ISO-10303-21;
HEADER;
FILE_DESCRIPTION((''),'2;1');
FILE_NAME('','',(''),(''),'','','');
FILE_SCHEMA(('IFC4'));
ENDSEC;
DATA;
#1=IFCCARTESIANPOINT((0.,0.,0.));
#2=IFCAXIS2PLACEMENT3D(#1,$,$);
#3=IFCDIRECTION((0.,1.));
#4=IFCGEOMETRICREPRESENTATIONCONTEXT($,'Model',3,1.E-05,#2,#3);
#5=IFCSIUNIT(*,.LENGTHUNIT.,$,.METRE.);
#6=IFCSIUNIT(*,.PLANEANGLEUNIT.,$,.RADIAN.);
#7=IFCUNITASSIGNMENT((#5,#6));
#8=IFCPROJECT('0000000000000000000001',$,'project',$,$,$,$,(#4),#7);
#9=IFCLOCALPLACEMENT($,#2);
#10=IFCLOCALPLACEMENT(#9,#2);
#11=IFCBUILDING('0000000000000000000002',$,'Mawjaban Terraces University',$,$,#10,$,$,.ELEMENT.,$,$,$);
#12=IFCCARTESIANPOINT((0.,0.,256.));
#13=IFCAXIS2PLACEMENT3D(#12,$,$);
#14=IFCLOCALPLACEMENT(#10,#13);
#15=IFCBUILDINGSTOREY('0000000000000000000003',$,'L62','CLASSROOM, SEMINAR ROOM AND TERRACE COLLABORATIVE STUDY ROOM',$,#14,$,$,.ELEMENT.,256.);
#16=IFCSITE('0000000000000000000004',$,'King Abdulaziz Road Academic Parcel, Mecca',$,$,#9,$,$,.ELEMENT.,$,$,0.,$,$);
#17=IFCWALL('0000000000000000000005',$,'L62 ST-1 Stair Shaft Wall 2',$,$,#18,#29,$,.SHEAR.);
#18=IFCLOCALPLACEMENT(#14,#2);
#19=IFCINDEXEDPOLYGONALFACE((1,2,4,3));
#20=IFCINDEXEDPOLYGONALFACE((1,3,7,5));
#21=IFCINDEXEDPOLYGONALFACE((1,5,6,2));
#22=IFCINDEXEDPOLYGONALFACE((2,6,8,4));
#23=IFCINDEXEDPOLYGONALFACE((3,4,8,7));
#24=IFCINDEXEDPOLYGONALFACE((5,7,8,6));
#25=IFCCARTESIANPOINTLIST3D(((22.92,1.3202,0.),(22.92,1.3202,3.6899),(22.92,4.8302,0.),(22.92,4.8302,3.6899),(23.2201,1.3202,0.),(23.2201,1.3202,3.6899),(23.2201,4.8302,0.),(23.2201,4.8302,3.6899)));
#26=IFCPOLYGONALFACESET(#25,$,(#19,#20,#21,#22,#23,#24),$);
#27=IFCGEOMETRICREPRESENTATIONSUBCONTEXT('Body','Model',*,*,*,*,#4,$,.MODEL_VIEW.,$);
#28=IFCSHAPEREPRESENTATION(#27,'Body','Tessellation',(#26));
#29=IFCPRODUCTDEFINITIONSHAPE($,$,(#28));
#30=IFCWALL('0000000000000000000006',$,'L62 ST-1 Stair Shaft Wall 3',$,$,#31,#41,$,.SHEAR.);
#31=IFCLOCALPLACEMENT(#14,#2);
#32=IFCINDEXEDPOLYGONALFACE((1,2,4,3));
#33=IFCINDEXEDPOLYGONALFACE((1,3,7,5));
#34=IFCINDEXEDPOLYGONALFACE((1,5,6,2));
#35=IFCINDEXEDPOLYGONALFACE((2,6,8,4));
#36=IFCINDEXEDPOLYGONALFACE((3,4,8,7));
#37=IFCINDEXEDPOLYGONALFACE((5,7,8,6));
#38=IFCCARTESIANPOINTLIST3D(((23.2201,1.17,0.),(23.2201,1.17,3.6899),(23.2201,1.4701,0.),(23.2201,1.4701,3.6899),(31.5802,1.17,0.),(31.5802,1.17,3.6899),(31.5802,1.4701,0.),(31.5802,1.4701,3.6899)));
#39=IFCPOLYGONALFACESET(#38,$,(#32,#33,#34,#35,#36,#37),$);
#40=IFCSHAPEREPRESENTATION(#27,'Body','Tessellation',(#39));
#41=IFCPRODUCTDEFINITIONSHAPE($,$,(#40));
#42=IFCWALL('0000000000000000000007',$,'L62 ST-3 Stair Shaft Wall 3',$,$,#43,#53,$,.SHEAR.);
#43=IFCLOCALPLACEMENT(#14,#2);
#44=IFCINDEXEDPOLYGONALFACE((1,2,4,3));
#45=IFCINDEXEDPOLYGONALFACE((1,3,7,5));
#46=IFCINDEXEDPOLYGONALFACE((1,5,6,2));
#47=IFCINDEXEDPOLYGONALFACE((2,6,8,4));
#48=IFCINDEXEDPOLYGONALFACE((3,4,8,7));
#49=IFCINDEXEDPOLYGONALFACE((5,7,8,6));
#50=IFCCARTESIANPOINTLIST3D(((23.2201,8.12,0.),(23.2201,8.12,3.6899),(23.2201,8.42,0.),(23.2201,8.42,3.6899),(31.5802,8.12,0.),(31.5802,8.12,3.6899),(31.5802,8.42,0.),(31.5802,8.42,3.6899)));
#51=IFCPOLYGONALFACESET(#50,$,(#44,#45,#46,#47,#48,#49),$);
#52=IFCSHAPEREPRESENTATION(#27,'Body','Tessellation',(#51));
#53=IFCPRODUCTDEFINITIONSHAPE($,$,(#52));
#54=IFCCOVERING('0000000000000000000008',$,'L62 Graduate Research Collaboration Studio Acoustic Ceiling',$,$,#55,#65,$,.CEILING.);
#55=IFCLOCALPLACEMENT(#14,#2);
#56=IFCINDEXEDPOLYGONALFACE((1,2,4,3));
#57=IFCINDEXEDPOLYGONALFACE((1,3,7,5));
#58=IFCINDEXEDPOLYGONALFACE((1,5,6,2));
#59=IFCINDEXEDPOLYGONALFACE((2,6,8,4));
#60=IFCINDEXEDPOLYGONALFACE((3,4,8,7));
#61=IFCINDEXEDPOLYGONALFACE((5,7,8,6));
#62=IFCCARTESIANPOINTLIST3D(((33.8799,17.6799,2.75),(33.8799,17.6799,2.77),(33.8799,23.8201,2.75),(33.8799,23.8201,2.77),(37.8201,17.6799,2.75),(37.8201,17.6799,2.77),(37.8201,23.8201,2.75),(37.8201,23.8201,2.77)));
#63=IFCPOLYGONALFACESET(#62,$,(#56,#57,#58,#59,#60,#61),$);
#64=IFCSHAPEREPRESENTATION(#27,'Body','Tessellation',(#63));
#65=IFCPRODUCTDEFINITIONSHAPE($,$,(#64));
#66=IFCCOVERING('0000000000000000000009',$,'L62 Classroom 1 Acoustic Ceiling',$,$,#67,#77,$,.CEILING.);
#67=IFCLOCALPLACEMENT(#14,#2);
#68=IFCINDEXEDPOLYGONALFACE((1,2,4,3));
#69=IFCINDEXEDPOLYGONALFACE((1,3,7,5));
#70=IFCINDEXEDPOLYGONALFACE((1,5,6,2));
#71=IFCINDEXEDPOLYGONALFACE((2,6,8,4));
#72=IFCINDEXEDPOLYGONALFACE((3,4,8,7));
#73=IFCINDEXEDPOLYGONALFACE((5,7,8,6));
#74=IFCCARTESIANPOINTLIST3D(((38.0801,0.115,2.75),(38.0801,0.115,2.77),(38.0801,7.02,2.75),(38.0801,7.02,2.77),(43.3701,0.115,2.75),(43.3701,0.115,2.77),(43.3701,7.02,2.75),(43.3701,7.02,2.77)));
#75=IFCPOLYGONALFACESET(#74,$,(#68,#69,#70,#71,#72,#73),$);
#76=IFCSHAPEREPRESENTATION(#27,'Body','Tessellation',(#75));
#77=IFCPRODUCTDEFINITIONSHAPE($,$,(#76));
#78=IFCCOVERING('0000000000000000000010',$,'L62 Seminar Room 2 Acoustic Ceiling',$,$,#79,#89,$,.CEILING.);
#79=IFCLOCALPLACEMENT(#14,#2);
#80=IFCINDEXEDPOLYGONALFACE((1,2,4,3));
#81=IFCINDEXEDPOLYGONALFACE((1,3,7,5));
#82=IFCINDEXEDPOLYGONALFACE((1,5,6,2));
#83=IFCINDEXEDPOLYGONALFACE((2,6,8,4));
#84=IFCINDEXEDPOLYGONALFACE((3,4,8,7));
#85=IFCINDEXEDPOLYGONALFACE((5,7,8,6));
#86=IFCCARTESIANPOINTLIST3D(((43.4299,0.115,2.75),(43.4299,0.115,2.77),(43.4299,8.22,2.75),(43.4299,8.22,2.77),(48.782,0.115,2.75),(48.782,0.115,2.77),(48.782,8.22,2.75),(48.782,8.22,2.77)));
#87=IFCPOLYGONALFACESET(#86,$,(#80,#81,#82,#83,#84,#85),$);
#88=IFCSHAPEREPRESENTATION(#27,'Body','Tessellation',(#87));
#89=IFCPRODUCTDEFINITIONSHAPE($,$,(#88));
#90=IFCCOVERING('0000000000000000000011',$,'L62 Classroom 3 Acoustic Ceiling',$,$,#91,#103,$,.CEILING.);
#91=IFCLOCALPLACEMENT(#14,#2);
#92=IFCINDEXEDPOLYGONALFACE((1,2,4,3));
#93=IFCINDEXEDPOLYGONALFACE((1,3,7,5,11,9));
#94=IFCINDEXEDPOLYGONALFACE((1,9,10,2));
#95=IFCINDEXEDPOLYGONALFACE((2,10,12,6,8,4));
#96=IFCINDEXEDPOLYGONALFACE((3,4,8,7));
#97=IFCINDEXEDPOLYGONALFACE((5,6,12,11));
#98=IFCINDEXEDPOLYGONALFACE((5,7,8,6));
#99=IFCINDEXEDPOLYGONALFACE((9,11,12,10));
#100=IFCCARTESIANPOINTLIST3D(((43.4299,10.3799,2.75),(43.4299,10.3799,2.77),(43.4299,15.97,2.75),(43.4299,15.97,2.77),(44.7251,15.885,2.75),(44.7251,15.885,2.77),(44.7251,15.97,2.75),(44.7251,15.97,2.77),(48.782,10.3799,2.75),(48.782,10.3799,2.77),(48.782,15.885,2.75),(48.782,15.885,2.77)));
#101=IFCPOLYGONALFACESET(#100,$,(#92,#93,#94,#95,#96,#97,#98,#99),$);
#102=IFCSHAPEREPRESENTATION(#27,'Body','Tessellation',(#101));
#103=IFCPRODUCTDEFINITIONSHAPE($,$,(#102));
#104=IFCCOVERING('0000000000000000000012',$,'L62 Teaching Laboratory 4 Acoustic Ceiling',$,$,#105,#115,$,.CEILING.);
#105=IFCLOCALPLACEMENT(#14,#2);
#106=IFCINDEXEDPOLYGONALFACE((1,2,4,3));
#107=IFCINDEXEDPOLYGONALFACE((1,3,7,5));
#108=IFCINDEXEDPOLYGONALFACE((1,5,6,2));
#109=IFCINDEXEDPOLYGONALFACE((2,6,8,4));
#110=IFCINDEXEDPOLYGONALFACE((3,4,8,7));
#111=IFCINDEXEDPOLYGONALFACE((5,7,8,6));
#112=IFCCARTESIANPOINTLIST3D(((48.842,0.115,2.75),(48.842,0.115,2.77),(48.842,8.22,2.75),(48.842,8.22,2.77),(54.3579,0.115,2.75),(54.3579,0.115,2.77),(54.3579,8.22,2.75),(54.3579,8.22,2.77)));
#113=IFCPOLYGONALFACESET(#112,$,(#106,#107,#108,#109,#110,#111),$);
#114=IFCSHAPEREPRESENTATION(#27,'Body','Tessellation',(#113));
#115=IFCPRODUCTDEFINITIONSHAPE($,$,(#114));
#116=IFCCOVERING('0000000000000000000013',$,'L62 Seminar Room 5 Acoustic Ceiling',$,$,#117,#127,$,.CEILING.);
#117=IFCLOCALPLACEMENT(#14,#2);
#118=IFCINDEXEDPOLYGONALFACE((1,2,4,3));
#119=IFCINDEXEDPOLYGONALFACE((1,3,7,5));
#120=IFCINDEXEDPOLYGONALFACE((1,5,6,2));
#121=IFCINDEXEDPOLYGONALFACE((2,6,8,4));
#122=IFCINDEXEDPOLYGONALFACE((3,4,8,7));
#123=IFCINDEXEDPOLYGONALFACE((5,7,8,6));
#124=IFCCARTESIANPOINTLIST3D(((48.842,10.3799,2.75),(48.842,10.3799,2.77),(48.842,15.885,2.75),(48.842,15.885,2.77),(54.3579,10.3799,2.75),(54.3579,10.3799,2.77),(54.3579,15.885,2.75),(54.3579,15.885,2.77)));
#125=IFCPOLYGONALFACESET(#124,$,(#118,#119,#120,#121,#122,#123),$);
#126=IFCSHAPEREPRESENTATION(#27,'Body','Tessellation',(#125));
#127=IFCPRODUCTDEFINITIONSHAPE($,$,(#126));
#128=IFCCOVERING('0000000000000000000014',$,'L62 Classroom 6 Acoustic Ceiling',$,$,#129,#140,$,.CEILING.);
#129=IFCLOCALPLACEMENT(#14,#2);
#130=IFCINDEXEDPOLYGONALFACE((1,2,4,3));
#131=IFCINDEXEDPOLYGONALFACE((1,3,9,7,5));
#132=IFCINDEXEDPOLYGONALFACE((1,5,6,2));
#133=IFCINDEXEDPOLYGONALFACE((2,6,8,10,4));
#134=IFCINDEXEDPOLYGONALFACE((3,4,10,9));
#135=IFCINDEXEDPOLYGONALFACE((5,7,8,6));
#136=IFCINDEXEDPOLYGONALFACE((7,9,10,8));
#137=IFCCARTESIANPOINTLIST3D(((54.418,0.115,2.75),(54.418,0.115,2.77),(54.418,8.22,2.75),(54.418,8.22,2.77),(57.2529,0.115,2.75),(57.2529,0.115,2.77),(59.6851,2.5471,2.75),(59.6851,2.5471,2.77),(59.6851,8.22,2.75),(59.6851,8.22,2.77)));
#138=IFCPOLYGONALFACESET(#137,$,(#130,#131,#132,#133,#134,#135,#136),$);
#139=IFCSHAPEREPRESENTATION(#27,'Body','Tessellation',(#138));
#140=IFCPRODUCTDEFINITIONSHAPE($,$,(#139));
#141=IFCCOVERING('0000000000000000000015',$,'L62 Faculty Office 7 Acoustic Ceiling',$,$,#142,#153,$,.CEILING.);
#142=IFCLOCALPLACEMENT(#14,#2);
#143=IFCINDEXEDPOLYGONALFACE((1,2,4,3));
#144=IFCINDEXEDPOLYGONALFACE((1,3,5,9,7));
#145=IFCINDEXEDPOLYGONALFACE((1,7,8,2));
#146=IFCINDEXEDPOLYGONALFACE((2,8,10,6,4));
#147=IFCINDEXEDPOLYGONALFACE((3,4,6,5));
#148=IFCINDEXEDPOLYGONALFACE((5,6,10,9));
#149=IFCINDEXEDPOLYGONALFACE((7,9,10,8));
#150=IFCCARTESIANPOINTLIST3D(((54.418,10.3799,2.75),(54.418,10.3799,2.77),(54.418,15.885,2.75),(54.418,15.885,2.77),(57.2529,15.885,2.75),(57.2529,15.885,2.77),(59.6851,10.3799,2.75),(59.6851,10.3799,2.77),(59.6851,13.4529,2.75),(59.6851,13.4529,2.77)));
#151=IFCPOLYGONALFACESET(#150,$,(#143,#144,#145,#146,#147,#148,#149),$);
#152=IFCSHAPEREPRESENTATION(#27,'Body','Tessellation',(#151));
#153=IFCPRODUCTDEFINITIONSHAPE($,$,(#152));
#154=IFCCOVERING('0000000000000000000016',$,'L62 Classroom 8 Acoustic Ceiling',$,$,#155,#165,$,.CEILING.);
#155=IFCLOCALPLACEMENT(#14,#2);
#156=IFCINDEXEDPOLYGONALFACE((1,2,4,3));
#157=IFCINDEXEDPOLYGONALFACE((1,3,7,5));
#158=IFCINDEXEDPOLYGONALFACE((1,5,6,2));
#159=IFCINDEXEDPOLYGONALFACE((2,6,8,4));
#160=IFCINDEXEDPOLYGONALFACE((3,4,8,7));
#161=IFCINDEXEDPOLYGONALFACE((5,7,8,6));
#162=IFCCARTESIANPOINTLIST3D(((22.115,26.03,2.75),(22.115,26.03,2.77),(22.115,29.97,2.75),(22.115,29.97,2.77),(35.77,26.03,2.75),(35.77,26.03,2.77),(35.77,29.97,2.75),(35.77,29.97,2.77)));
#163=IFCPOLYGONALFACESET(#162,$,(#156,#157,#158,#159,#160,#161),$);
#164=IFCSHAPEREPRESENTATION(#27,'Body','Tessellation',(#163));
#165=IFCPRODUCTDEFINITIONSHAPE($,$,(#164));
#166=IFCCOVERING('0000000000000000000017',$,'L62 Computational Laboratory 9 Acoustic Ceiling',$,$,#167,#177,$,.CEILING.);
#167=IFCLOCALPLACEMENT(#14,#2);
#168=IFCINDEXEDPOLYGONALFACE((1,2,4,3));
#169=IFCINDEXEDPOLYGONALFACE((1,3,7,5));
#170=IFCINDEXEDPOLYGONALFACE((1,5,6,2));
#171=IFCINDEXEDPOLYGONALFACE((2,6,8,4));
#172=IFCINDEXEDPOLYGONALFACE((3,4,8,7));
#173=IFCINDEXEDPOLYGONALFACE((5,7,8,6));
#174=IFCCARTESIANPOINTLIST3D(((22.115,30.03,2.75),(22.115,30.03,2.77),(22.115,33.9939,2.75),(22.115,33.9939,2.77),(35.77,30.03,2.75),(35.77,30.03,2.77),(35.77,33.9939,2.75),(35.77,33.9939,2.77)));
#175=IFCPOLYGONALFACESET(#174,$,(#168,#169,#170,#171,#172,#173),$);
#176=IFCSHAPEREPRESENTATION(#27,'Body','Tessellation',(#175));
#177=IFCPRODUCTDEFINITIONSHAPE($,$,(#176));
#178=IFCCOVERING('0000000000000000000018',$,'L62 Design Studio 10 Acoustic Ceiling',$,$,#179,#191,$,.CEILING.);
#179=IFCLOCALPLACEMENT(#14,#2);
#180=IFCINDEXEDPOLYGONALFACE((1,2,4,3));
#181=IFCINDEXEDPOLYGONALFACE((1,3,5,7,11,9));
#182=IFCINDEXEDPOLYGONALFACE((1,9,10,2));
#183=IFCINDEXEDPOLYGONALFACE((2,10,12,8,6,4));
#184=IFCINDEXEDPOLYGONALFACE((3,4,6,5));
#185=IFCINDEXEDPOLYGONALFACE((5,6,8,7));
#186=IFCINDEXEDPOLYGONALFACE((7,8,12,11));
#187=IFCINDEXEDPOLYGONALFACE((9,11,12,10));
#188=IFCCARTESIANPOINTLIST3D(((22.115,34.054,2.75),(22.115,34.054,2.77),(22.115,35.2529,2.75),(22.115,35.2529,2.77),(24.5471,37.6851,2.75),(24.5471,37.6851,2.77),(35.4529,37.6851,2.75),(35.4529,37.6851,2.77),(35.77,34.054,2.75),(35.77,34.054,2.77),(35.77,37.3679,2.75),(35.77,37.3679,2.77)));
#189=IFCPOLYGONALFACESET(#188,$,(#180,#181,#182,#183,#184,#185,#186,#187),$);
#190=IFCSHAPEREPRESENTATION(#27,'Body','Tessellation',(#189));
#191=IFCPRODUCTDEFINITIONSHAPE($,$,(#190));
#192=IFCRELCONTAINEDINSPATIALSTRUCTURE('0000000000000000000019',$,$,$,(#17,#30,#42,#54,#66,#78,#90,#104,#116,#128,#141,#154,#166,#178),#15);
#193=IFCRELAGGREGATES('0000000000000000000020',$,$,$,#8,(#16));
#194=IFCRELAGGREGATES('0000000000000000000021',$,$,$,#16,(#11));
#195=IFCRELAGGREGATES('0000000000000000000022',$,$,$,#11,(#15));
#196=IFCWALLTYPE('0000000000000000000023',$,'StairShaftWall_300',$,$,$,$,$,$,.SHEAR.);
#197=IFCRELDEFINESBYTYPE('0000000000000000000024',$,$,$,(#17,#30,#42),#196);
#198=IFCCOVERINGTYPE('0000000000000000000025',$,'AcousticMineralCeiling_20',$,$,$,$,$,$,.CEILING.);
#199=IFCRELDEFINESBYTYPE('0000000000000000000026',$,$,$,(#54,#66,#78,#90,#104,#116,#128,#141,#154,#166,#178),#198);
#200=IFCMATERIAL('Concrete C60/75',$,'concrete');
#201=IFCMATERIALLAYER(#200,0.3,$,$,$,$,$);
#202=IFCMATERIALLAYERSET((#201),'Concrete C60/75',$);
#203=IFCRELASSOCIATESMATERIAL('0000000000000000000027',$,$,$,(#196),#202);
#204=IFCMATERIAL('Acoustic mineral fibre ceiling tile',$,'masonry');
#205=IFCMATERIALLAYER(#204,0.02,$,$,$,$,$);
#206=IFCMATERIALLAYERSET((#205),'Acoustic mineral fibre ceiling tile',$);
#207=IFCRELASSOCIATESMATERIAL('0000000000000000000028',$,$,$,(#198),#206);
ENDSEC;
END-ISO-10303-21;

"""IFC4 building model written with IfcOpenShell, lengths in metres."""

from ifc_helpers import new_model, si_unit, direction, frame, frame_2d, origin, place, context, subcontext, project, spatial, polyline, rectangle, outline, extrude, material, layer, layer_set, type_object, element, save


model = new_model("IFC4")

# Units and contexts
model_context = context("Model", 3, precision=1e-05, world=origin(), true_north=direction((0.0, 1.0)))
body_context = subcontext(model_context, "Body", "Model", "MODEL_VIEW")
ifc_project = project(units=[si_unit("LENGTHUNIT", "METRE"), si_unit("PLANEANGLEUNIT", "RADIAN")], contexts=[model_context])

# Site, building, storey
site_placement = place(None, origin())
site = spatial("IfcSite", under=ifc_project, at=site_placement, Name="King Abdulaziz Road Academic Parcel, Mecca", CompositionType="ELEMENT", RefElevation=0.0)
building_placement = place(site_placement, origin())
building = spatial("IfcBuilding", under=site, at=building_placement, Name="Mawjaban Terraces University", CompositionType="ELEMENT")
storey_placement = place(building_placement, frame((0.0, 0.0, 256.0)))
storey = spatial("IfcBuildingStorey", under=building, at=storey_placement, Name="L62", Description="CLASSROOM, SEMINAR ROOM AND TERRACE COLLABORATIVE STUDY ROOM", CompositionType="ELEMENT", Elevation=256.0)

# Walls
ifc_material_1 = material(Name="Concrete C60/75", Category="concrete")
ifc_layer_1 = layer(ifc_material_1, 0.3)
ifc_layer_set_1 = layer_set([ifc_layer_1], Name="Concrete C60/75")
wall_type_1 = type_object("IfcWallType", Name="StairShaftWall_300", PredefinedType="SHEAR", material=ifc_layer_set_1)
wall_1_placement = place(storey_placement, frame((23.0701, 4.8301, 0.0), z_axis=(0.0, 0.0, 1.0), x_axis=(0.0, -1.0, 0.0)))
element("IfcWall", 1, at=wall_1_placement, inside=storey, type_object=wall_type_1, Name="L62 ST-1 Stair Shaft Wall 2", PredefinedType="SHEAR", context=body_context, shape_type="SweptSolid", body=[
    extrude(rectangle(XDim=3.51, YDim=0.3, at=frame_2d((1.7549, 0.0))), origin(), (0.0, 0.0, 1.0), 3.6899),
])
for number, where, z_axis, x_axis, name in (
    (2, (23.22, 1.3201, 0.0), (0.0, 0.0, 1.0), (1.0, 0.0, 0.0), "L62 ST-1 Stair Shaft Wall 3"),
    (3, (23.22, 8.27, 0.0), (0.0, 0.0, 1.0), (1.0, 0.0, 0.0), "L62 ST-3 Stair Shaft Wall 3"),
):
    element("IfcWall", number, at=place(storey_placement, frame(where, z_axis=z_axis, x_axis=x_axis)), inside=storey, type_object=wall_type_1, Name=name, PredefinedType="SHEAR", context=body_context, shape_type="SweptSolid", body=[
        extrude(rectangle(XDim=8.3601, YDim=0.3, at=frame_2d((4.1802, 0.0))), origin(), (0.0, 0.0, 1.0), 3.6899),
    ])

# Coverings
ifc_material_2 = material(Name="Acoustic mineral fibre ceiling tile", Category="masonry")
ifc_layer_2 = layer(ifc_material_2, 0.02)
ifc_layer_set_2 = layer_set([ifc_layer_2], Name="Acoustic mineral fibre ceiling tile")
covering_type_1 = type_object("IfcCoveringType", Name="AcousticMineralCeiling_20", PredefinedType="CEILING", material=ifc_layer_set_2)
covering_1_placement = place(storey_placement, frame((0.0, 0.0, 2.75)))
element("IfcCovering", 4, at=covering_1_placement, inside=storey, type_object=covering_type_1, Name="L62 Graduate Research Collaboration Studio Acoustic Ceiling", PredefinedType="CEILING", context=body_context, shape_type="SweptSolid", body=[
    extrude(outline(polyline([(37.8201, 17.6799), (37.8201, 23.8201), (33.8799, 23.8201), (33.8799, 17.6799), (37.8201, 17.6799)])), origin(), (0.0, 0.0, 1.0), 0.02),
])
covering_2_placement = place(storey_placement, frame((0.0, 0.0, 2.75)))
element("IfcCovering", 5, at=covering_2_placement, inside=storey, type_object=covering_type_1, Name="L62 Classroom 1 Acoustic Ceiling", PredefinedType="CEILING", context=body_context, shape_type="SweptSolid", body=[
    extrude(outline(polyline([(38.0801, 7.02), (38.0801, 0.115), (43.3701, 0.115), (43.3701, 7.02), (38.0801, 7.02)])), origin(), (0.0, 0.0, 1.0), 0.02),
])
covering_3_placement = place(storey_placement, frame((0.0, 0.0, 2.75)))
element("IfcCovering", 6, at=covering_3_placement, inside=storey, type_object=covering_type_1, Name="L62 Seminar Room 2 Acoustic Ceiling", PredefinedType="CEILING", context=body_context, shape_type="SweptSolid", body=[
    extrude(outline(polyline([(43.4299, 0.115), (48.782, 0.115), (48.782, 8.22), (43.4299, 8.22), (43.4299, 0.115)])), origin(), (0.0, 0.0, 1.0), 0.02),
])
covering_4_placement = place(storey_placement, frame((0.0, 0.0, 2.75)))
element("IfcCovering", 7, at=covering_4_placement, inside=storey, type_object=covering_type_1, Name="L62 Classroom 3 Acoustic Ceiling", PredefinedType="CEILING", context=body_context, shape_type="SweptSolid", body=[
    extrude(outline(polyline([(48.782, 15.885), (44.7251, 15.885), (44.7251, 15.97), (43.4299, 15.97), (43.4299, 10.3799), (48.782, 10.3799), (48.782, 15.885)])), origin(), (0.0, 0.0, 1.0), 0.02),
])
covering_5_placement = place(storey_placement, frame((0.0, 0.0, 2.75)))
element("IfcCovering", 8, at=covering_5_placement, inside=storey, type_object=covering_type_1, Name="L62 Teaching Laboratory 4 Acoustic Ceiling", PredefinedType="CEILING", context=body_context, shape_type="SweptSolid", body=[
    extrude(outline(polyline([(48.842, 0.115), (54.3579, 0.115), (54.3579, 8.22), (48.842, 8.22), (48.842, 0.115)])), origin(), (0.0, 0.0, 1.0), 0.02),
])
covering_6_placement = place(storey_placement, frame((0.0, 0.0, 2.75)))
element("IfcCovering", 9, at=covering_6_placement, inside=storey, type_object=covering_type_1, Name="L62 Seminar Room 5 Acoustic Ceiling", PredefinedType="CEILING", context=body_context, shape_type="SweptSolid", body=[
    extrude(outline(polyline([(54.3579, 15.885), (48.842, 15.885), (48.842, 10.3799), (54.3579, 10.3799), (54.3579, 15.885)])), origin(), (0.0, 0.0, 1.0), 0.02),
])
covering_7_placement = place(storey_placement, frame((0.0, 0.0, 2.75)))
element("IfcCovering", 10, at=covering_7_placement, inside=storey, type_object=covering_type_1, Name="L62 Classroom 6 Acoustic Ceiling", PredefinedType="CEILING", context=body_context, shape_type="SweptSolid", body=[
    extrude(outline(polyline([(54.418, 0.115), (57.2529, 0.115), (59.6851, 2.5471), (59.6851, 8.22), (54.418, 8.22), (54.418, 0.115)])), origin(), (0.0, 0.0, 1.0), 0.02),
])
covering_8_placement = place(storey_placement, frame((0.0, 0.0, 2.75)))
element("IfcCovering", 11, at=covering_8_placement, inside=storey, type_object=covering_type_1, Name="L62 Faculty Office 7 Acoustic Ceiling", PredefinedType="CEILING", context=body_context, shape_type="SweptSolid", body=[
    extrude(outline(polyline([(59.6851, 10.3799), (59.6851, 13.4529), (57.2529, 15.885), (54.418, 15.885), (54.418, 10.3799), (59.6851, 10.3799)])), origin(), (0.0, 0.0, 1.0), 0.02),
])
covering_9_placement = place(storey_placement, frame((0.0, 0.0, 2.75)))
element("IfcCovering", 12, at=covering_9_placement, inside=storey, type_object=covering_type_1, Name="L62 Classroom 8 Acoustic Ceiling", PredefinedType="CEILING", context=body_context, shape_type="SweptSolid", body=[
    extrude(outline(polyline([(22.115, 29.97), (22.115, 26.03), (35.77, 26.03), (35.77, 29.97), (22.115, 29.97)])), origin(), (0.0, 0.0, 1.0), 0.02),
])
covering_10_placement = place(storey_placement, frame((0.0, 0.0, 2.75)))
element("IfcCovering", 13, at=covering_10_placement, inside=storey, type_object=covering_type_1, Name="L62 Computational Laboratory 9 Acoustic Ceiling", PredefinedType="CEILING", context=body_context, shape_type="SweptSolid", body=[
    extrude(outline(polyline([(22.115, 33.9939), (22.115, 30.03), (35.77, 30.03), (35.77, 33.9939), (22.115, 33.9939)])), origin(), (0.0, 0.0, 1.0), 0.02),
])
covering_11_placement = place(storey_placement, frame((0.0, 0.0, 2.75)))
element("IfcCovering", 14, at=covering_11_placement, inside=storey, type_object=covering_type_1, Name="L62 Design Studio 10 Acoustic Ceiling", PredefinedType="CEILING", context=body_context, shape_type="SweptSolid", body=[
    extrude(outline(polyline([(35.77, 37.3679), (35.4529, 37.6851), (24.5471, 37.6851), (22.115, 35.2529), (22.115, 34.054), (35.77, 34.054), (35.77, 37.3679)])), origin(), (0.0, 0.0, 1.0), 0.02),
])

save(model, "model.ifc")
